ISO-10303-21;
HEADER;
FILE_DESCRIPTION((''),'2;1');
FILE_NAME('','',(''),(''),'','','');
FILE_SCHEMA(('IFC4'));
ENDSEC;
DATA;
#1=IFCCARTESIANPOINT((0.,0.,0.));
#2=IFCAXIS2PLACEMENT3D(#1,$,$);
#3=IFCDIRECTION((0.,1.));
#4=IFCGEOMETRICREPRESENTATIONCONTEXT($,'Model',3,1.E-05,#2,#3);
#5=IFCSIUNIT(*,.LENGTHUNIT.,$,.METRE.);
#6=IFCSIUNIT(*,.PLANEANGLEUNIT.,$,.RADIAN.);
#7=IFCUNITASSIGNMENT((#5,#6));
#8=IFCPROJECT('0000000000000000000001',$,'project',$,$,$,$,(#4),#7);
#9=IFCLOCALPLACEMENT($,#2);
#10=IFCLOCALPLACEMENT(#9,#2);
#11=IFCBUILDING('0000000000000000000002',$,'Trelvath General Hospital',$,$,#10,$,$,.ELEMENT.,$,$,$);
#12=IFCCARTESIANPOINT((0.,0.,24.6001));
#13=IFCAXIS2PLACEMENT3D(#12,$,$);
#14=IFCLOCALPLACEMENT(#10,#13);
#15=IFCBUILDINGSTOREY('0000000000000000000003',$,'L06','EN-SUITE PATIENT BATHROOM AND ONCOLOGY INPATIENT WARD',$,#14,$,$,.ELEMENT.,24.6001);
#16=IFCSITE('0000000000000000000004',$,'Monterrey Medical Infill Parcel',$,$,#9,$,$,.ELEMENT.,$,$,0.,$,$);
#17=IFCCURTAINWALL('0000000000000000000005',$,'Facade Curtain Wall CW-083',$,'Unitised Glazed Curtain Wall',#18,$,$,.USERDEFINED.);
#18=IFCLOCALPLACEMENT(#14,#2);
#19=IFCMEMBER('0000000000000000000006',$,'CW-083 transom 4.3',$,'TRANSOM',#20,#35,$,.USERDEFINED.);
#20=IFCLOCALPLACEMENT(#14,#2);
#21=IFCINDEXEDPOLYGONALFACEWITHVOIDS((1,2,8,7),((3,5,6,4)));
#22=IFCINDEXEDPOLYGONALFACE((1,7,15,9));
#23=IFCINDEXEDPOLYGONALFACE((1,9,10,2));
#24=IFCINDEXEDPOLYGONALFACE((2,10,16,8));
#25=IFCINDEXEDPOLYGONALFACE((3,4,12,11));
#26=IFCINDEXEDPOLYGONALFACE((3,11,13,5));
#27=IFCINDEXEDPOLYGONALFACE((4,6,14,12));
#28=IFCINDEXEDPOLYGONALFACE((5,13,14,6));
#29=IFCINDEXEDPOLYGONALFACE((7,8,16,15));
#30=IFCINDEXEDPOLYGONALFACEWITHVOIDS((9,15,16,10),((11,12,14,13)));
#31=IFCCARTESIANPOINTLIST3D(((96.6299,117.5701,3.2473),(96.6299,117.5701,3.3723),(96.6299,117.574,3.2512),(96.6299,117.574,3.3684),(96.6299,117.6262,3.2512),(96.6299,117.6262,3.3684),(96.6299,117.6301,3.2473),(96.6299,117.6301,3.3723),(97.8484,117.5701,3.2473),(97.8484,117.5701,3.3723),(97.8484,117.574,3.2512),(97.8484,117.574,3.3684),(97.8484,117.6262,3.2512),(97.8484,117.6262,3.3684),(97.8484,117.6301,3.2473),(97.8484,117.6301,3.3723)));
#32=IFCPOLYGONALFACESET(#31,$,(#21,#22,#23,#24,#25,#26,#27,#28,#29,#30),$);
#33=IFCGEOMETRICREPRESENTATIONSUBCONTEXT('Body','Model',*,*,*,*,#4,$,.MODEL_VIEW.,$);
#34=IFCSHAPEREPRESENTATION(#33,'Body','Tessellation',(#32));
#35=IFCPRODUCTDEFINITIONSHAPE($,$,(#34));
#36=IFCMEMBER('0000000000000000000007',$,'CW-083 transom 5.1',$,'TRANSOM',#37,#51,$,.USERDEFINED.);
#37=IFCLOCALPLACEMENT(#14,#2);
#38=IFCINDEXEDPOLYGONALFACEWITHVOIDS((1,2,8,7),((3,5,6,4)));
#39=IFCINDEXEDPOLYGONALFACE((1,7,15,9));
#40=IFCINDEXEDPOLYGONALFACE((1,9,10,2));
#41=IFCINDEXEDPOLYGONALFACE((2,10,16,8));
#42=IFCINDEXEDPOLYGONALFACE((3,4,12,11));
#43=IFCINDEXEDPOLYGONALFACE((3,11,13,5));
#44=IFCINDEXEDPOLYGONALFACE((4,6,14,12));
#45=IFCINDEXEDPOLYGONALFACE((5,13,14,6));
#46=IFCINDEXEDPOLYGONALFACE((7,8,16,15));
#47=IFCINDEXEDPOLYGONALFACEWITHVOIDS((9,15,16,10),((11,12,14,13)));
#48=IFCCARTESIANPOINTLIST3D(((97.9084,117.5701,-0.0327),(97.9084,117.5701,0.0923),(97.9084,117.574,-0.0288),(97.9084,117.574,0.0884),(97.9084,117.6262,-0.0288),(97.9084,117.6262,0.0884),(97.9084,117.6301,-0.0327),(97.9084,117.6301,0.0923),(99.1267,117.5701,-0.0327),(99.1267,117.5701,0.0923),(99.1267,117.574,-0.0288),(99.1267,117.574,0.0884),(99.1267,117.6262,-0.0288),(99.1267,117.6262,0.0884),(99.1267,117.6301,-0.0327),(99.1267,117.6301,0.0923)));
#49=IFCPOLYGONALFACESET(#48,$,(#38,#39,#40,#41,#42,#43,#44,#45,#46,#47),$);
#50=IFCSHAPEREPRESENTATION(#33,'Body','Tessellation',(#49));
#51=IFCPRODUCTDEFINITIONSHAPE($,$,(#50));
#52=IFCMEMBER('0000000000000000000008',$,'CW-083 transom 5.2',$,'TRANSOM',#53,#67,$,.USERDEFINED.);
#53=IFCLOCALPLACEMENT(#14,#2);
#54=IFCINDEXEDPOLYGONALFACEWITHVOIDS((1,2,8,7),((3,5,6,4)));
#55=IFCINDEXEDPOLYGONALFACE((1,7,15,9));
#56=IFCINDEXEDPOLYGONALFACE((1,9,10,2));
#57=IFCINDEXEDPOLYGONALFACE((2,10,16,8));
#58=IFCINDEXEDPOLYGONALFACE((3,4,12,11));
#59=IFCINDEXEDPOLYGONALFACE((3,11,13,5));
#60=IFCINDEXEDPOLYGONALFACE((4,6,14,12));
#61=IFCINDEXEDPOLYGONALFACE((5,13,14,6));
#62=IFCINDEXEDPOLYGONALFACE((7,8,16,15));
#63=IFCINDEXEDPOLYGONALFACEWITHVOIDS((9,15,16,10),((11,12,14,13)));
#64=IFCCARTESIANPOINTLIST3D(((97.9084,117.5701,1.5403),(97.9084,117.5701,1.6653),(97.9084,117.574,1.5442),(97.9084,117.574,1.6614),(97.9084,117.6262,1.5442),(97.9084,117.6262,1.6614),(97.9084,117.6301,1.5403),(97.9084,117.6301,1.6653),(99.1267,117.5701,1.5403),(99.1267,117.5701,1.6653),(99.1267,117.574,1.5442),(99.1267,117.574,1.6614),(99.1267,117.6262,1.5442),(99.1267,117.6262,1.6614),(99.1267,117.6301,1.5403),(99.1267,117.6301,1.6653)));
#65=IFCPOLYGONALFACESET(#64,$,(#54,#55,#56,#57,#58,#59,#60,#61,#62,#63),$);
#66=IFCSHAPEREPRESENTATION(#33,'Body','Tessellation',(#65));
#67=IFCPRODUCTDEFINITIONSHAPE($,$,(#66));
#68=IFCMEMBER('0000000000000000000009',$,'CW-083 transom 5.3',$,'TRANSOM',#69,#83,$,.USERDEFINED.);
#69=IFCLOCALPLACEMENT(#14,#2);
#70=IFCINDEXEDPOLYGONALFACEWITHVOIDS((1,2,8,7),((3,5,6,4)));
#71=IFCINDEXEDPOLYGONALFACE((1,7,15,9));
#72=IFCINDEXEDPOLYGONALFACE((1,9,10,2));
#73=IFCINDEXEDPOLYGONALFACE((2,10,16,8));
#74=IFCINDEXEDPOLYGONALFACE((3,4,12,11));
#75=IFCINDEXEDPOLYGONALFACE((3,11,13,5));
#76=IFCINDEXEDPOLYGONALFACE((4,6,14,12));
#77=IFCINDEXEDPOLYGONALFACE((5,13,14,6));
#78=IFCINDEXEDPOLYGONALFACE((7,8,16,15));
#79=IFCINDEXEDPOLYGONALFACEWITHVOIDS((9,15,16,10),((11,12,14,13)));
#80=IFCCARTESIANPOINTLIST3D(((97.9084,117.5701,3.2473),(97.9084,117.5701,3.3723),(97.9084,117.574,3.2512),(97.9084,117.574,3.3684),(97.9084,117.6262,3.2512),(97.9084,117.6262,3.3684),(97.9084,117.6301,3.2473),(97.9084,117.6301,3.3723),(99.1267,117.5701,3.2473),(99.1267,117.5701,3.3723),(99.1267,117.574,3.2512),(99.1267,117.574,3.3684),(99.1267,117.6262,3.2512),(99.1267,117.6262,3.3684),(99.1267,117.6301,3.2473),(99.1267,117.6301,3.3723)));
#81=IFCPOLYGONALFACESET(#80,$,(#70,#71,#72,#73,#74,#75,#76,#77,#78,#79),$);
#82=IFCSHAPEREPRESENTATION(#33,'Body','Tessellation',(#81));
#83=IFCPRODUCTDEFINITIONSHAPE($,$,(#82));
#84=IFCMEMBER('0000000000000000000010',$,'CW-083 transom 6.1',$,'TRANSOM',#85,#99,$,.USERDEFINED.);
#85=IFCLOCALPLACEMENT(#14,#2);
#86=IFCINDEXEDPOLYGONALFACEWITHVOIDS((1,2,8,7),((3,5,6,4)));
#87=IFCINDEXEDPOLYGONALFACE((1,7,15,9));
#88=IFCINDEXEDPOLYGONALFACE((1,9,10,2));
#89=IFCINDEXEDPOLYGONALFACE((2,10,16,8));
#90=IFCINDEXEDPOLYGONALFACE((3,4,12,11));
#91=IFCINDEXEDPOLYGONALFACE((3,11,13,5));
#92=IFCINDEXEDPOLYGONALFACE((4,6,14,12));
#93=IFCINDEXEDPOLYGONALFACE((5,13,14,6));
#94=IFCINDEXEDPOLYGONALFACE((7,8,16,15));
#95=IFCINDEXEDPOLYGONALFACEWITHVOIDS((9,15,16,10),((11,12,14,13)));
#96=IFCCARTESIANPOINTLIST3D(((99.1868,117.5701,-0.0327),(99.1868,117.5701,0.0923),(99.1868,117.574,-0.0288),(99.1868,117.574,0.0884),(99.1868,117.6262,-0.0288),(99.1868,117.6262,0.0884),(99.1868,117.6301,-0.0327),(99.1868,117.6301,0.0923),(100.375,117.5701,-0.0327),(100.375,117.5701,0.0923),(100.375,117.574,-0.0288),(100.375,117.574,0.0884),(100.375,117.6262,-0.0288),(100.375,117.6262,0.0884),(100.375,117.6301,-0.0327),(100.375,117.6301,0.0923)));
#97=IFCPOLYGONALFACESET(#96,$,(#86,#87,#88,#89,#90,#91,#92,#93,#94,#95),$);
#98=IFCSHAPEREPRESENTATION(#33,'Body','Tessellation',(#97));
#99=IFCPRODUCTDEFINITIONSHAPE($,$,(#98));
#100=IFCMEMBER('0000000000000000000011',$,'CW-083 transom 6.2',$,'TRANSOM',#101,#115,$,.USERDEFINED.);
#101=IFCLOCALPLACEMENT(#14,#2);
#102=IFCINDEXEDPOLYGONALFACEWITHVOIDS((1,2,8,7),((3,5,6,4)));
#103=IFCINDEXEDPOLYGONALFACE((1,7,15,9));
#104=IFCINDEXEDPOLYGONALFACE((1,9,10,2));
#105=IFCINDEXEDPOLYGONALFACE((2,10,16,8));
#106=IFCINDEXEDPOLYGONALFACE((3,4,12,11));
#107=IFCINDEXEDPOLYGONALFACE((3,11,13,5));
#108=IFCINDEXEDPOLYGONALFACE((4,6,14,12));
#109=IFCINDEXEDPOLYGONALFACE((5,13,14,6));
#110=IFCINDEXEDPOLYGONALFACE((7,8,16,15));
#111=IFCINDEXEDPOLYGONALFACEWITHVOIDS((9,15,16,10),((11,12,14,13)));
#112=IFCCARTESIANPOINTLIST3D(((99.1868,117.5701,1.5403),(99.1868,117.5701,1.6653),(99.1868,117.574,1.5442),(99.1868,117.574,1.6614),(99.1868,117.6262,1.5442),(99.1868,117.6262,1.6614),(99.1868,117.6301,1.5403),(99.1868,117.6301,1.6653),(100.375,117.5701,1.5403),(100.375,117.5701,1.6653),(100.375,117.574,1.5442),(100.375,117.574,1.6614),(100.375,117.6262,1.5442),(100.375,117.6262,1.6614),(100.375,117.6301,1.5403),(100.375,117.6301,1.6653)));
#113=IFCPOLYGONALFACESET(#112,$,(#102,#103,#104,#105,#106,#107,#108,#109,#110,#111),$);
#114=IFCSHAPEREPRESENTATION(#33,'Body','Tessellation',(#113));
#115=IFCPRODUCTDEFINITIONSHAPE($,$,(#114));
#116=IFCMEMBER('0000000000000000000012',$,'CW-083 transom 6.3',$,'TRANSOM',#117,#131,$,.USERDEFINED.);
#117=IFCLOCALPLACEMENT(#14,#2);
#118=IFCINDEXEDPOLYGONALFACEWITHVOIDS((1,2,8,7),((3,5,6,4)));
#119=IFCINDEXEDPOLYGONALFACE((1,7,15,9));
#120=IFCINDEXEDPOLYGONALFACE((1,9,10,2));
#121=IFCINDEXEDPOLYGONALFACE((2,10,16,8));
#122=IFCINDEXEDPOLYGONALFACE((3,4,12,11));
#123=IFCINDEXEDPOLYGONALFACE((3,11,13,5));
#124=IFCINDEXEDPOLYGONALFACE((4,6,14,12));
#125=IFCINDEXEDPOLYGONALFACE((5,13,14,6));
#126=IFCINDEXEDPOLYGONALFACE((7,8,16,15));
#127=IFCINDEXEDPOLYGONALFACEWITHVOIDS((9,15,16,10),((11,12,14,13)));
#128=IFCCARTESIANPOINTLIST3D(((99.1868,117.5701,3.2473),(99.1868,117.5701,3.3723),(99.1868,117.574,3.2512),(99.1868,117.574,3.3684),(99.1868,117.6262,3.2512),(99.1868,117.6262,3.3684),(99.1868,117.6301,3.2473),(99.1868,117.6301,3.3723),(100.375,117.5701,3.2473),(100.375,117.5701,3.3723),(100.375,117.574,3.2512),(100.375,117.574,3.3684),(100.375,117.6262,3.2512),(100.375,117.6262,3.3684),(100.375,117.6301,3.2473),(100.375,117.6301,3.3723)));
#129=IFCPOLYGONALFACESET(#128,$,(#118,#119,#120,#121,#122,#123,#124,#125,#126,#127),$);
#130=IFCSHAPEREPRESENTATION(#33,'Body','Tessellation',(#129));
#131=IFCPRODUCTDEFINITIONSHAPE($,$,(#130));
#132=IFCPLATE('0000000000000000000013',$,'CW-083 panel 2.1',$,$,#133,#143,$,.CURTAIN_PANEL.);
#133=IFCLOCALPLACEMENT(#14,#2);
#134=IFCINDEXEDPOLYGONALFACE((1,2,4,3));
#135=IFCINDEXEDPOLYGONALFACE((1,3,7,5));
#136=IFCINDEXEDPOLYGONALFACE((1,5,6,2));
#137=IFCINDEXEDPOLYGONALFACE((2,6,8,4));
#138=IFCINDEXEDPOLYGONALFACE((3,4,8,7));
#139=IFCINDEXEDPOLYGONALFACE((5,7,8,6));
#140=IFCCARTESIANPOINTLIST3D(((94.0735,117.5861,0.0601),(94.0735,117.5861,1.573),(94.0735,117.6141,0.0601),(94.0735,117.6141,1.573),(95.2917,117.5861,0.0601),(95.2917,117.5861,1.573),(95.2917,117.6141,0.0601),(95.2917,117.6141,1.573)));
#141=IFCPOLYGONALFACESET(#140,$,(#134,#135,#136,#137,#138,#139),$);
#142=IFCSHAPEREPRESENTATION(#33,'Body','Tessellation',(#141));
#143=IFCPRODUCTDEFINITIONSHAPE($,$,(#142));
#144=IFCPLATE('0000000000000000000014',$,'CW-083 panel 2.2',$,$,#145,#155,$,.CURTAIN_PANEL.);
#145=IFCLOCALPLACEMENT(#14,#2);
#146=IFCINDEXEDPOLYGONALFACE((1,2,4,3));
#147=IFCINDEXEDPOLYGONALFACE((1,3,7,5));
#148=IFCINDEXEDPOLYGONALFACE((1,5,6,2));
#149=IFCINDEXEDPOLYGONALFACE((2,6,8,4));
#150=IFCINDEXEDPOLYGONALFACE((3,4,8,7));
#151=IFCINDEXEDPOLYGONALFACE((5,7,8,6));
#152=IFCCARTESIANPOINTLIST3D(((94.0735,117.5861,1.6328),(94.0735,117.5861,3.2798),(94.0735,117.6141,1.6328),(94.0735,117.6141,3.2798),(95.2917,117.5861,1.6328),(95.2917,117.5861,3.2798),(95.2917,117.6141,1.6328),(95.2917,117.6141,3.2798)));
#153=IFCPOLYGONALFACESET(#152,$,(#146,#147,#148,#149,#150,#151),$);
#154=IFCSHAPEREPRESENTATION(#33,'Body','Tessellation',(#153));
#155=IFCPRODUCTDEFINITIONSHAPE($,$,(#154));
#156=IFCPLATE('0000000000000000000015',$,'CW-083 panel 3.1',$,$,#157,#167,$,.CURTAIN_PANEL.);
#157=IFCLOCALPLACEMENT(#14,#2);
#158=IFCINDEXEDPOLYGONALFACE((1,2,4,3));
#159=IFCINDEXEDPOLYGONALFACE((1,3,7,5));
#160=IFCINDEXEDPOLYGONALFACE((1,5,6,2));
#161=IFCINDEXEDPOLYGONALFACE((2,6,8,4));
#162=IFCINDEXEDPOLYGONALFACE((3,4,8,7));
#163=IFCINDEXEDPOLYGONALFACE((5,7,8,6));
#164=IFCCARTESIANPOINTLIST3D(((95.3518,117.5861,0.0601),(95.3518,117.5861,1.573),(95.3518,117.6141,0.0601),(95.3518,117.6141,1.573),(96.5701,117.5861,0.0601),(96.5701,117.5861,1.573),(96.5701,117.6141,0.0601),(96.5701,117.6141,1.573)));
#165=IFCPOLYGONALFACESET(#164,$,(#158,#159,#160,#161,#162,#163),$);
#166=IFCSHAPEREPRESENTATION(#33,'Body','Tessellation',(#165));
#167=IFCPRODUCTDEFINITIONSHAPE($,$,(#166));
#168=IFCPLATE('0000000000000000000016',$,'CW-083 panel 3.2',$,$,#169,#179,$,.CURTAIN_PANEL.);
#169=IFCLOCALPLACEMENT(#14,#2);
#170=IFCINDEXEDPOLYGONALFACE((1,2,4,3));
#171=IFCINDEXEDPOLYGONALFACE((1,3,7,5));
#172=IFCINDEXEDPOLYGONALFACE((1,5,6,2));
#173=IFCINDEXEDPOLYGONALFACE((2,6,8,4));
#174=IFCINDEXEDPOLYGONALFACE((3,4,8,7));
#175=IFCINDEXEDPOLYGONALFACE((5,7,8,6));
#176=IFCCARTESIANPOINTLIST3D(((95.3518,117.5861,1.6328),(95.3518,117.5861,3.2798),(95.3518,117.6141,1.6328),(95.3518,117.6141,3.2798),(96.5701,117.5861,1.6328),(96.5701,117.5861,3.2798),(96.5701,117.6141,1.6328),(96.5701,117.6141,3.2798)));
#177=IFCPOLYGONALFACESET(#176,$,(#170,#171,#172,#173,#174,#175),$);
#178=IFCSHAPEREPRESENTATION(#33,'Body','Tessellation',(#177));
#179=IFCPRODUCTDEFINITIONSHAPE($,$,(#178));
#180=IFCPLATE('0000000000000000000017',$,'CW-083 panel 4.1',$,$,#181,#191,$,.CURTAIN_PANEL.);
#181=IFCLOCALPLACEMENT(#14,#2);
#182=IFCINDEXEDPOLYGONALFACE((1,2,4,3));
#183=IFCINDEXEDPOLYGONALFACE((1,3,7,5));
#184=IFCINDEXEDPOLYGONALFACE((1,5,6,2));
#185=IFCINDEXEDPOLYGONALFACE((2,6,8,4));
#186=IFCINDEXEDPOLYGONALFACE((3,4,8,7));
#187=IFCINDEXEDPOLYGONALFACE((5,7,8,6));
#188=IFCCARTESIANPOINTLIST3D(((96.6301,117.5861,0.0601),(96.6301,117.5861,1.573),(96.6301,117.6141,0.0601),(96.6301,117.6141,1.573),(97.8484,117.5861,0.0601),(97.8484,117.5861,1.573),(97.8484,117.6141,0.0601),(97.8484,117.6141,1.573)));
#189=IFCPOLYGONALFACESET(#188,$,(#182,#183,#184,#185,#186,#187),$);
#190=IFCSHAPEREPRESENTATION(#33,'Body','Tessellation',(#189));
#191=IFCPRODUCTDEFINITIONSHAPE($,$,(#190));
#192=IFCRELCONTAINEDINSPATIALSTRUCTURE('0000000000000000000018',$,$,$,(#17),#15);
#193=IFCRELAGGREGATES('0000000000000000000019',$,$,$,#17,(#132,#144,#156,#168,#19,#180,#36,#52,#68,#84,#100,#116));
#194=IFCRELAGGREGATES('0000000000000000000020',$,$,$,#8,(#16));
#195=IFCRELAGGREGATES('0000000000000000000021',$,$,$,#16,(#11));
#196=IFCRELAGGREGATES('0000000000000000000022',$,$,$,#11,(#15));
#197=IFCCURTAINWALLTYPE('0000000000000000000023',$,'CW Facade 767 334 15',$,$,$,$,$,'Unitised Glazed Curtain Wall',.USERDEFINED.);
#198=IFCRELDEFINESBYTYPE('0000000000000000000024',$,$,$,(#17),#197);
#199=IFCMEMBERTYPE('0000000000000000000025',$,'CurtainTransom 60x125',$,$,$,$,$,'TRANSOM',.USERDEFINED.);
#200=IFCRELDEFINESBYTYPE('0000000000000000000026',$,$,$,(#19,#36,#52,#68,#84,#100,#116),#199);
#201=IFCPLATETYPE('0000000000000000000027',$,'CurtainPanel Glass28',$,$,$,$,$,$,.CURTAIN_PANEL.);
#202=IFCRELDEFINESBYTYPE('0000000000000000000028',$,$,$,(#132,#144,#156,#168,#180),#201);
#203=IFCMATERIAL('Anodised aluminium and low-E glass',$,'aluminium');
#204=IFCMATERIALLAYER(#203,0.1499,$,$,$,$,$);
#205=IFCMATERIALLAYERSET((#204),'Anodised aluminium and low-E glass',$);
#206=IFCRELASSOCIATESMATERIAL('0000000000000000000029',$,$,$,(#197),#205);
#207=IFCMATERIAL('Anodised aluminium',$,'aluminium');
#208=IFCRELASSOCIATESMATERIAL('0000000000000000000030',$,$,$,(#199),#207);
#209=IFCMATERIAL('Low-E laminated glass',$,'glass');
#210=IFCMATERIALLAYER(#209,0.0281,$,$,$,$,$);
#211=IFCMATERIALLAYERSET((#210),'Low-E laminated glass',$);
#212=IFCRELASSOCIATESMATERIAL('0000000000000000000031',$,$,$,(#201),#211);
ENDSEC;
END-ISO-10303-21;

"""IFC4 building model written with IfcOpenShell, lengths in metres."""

from ifc_helpers import new_model, si_unit, direction, frame, origin, origin_2d, place, context, subcontext, project, spatial, rectangle, hollow_rectangle, extrude, material, layer, layer_set, material_profile, profile_set, type_object, element, aggregate, save


model = new_model("IFC4")

# Units and contexts
model_context = context("Model", 3, precision=1e-05, world=origin(), true_north=direction((0.0, 1.0)))
body_context = subcontext(model_context, "Body", "Model", "MODEL_VIEW")
ifc_project = project(units=[si_unit("LENGTHUNIT", "METRE"), si_unit("PLANEANGLEUNIT", "RADIAN")], contexts=[model_context])

# Site, building, storey
site_placement = place(None, origin())
site = spatial("IfcSite", under=ifc_project, at=site_placement, Name="Monterrey Medical Infill Parcel", CompositionType="ELEMENT", RefElevation=0.0)
building_placement = place(site_placement, origin())
building = spatial("IfcBuilding", under=site, at=building_placement, Name="Trelvath General Hospital", CompositionType="ELEMENT")
storey_placement = place(building_placement, frame((0.0, 0.0, 24.6001)))
storey = spatial("IfcBuildingStorey", under=building, at=storey_placement, Name="L06", Description="EN-SUITE PATIENT BATHROOM AND ONCOLOGY INPATIENT WARD", CompositionType="ELEMENT", Elevation=24.6001)

# Curtain wall, members, plates
ifc_material_1 = material(Name="Anodised aluminium and low-E glass", Category="aluminium")
ifc_layer_1 = layer(ifc_material_1, 0.1499)
ifc_layer_set_1 = layer_set([ifc_layer_1], Name="Anodised aluminium and low-E glass")
curtain_wall_type = type_object("IfcCurtainWallType", Name="CW Facade 767 334 15", ElementType="Unitised Glazed Curtain Wall", PredefinedType="USERDEFINED", material=ifc_layer_set_1)
curtain_wall_placement = place(storey_placement, origin())
curtain_wall = element("IfcCurtainWall", 1, at=curtain_wall_placement, inside=storey, type_object=curtain_wall_type, Name="Facade Curtain Wall CW-083", ObjectType="Unitised Glazed Curtain Wall", PredefinedType="USERDEFINED")
ifc_material_2 = material(Name="Anodised aluminium", Category="aluminium")
ifc_material_profile_1 = material_profile(ifc_material_2, hollow_rectangle(XDim=0.0601, YDim=0.125, WallThickness=0.0039, at=origin_2d()), Name="RHS60x125x4")
ifc_profile_set_1 = profile_set([ifc_material_profile_1], Name="Anodised aluminium")
member_type_1 = type_object("IfcMemberType", Name="CurtainTransom 60x125", ElementType="TRANSOM", PredefinedType="USERDEFINED", material=ifc_profile_set_1)
member_1_placement = place(storey_placement, frame((96.6299, 117.6001, 3.3098), z_axis=(1.0, 0.0, 0.0), x_axis=(0.0, 1.0, 0.0)))
member_1 = element("IfcMember", 2, at=member_1_placement, type_object=member_type_1, Name="CW-083 transom 4.3", ObjectType="TRANSOM", PredefinedType="USERDEFINED", context=body_context, shape_type="SweptSolid", body=[
    extrude(hollow_rectangle(XDim=0.0601, YDim=0.125, WallThickness=0.0039, at=origin_2d()), origin(), (0.0, 0.0, 1.0), 1.2185),
])
member_2_placement = place(storey_placement, frame((97.9084, 117.6001, 0.0298), z_axis=(1.0, 0.0, 0.0), x_axis=(0.0, 1.0, 0.0)))
member_2 = element("IfcMember", 3, at=member_2_placement, type_object=member_type_1, Name="CW-083 transom 5.1", ObjectType="TRANSOM", PredefinedType="USERDEFINED", context=body_context, shape_type="SweptSolid", body=[
    extrude(hollow_rectangle(XDim=0.0601, YDim=0.125, WallThickness=0.0039, at=origin_2d()), origin(), (0.0, 0.0, 1.0), 1.2183),
])
member_3_placement = place(storey_placement, frame((97.9084, 117.6001, 1.6028), z_axis=(1.0, 0.0, 0.0), x_axis=(0.0, 1.0, 0.0)))
member_3 = element("IfcMember", 4, at=member_3_placement, type_object=member_type_1, Name="CW-083 transom 5.2", ObjectType="TRANSOM", PredefinedType="USERDEFINED", context=body_context, shape_type="SweptSolid", body=[
    extrude(hollow_rectangle(XDim=0.0601, YDim=0.125, WallThickness=0.0039, at=origin_2d()), origin(), (0.0, 0.0, 1.0), 1.2183),
])
member_4_placement = place(storey_placement, frame((97.9084, 117.6001, 3.3098), z_axis=(1.0, 0.0, 0.0), x_axis=(0.0, 1.0, 0.0)))
member_4 = element("IfcMember", 5, at=member_4_placement, type_object=member_type_1, Name="CW-083 transom 5.3", ObjectType="TRANSOM", PredefinedType="USERDEFINED", context=body_context, shape_type="SweptSolid", body=[
    extrude(hollow_rectangle(XDim=0.0601, YDim=0.125, WallThickness=0.0039, at=origin_2d()), origin(), (0.0, 0.0, 1.0), 1.2183),
])
member_5_placement = place(storey_placement, frame((99.1868, 117.6001, 0.0298), z_axis=(1.0, 0.0, 0.0), x_axis=(0.0, 1.0, 0.0)))
member_5 = element("IfcMember", 6, at=member_5_placement, type_object=member_type_1, Name="CW-083 transom 6.1", ObjectType="TRANSOM", PredefinedType="USERDEFINED", context=body_context, shape_type="SweptSolid", body=[
    extrude(hollow_rectangle(XDim=0.0601, YDim=0.125, WallThickness=0.0039, at=origin_2d()), origin(), (0.0, 0.0, 1.0), 1.1882),
])
member_6_placement = place(storey_placement, frame((99.1868, 117.6001, 1.6028), z_axis=(1.0, 0.0, 0.0), x_axis=(0.0, 1.0, 0.0)))
member_6 = element("IfcMember", 7, at=member_6_placement, type_object=member_type_1, Name="CW-083 transom 6.2", ObjectType="TRANSOM", PredefinedType="USERDEFINED", context=body_context, shape_type="SweptSolid", body=[
    extrude(hollow_rectangle(XDim=0.0601, YDim=0.125, WallThickness=0.0039, at=origin_2d()), origin(), (0.0, 0.0, 1.0), 1.1882),
])
member_7_placement = place(storey_placement, frame((99.1868, 117.6001, 3.3098), z_axis=(1.0, 0.0, 0.0), x_axis=(0.0, 1.0, 0.0)))
member_7 = element("IfcMember", 8, at=member_7_placement, type_object=member_type_1, Name="CW-083 transom 6.3", ObjectType="TRANSOM", PredefinedType="USERDEFINED", context=body_context, shape_type="SweptSolid", body=[
    extrude(hollow_rectangle(XDim=0.0601, YDim=0.125, WallThickness=0.0039, at=origin_2d()), origin(), (0.0, 0.0, 1.0), 1.1882),
])
ifc_material_3 = material(Name="Low-E laminated glass", Category="glass")
ifc_layer_2 = layer(ifc_material_3, 0.0281)
ifc_layer_set_2 = layer_set([ifc_layer_2], Name="Low-E laminated glass")
plate_type = type_object("IfcPlateType", Name="CurtainPanel Glass28", PredefinedType="CURTAIN_PANEL", material=ifc_layer_set_2)
plate_1_placement = place(storey_placement, frame((94.6826, 117.6001, 0.0601), z_axis=(0.0, 0.0, 1.0), x_axis=(1.0, 0.0, 0.0)))
plate_1 = element("IfcPlate", 9, at=plate_1_placement, type_object=plate_type, Name="CW-083 panel 2.1", PredefinedType="CURTAIN_PANEL", context=body_context, shape_type="SweptSolid", body=[
    extrude(rectangle(XDim=1.2183, YDim=0.0281, at=origin_2d()), origin(), (0.0, 0.0, 1.0), 1.5129),
])
plate_2_placement = place(storey_placement, frame((94.6826, 117.6001, 1.6328), z_axis=(0.0, 0.0, 1.0), x_axis=(1.0, 0.0, 0.0)))
plate_2 = element("IfcPlate", 10, at=plate_2_placement, type_object=plate_type, Name="CW-083 panel 2.2", PredefinedType="CURTAIN_PANEL", context=body_context, shape_type="SweptSolid", body=[
    extrude(rectangle(XDim=1.2183, YDim=0.0281, at=origin_2d()), origin(), (0.0, 0.0, 1.0), 1.647),
])
plate_3_placement = place(storey_placement, frame((95.9609, 117.6001, 0.0601), z_axis=(0.0, 0.0, 1.0), x_axis=(1.0, 0.0, 0.0)))
plate_3 = element("IfcPlate", 11, at=plate_3_placement, type_object=plate_type, Name="CW-083 panel 3.1", PredefinedType="CURTAIN_PANEL", context=body_context, shape_type="SweptSolid", body=[
    extrude(rectangle(XDim=1.2183, YDim=0.0281, at=origin_2d()), origin(), (0.0, 0.0, 1.0), 1.5129),
])
plate_4_placement = place(storey_placement, frame((95.9609, 117.6001, 1.6328), z_axis=(0.0, 0.0, 1.0), x_axis=(1.0, 0.0, 0.0)))
plate_4 = element("IfcPlate", 12, at=plate_4_placement, type_object=plate_type, Name="CW-083 panel 3.2", PredefinedType="CURTAIN_PANEL", context=body_context, shape_type="SweptSolid", body=[
    extrude(rectangle(XDim=1.2183, YDim=0.0281, at=origin_2d()), origin(), (0.0, 0.0, 1.0), 1.647),
])
plate_5_placement = place(storey_placement, frame((97.2393, 117.6001, 0.0601), z_axis=(0.0, 0.0, 1.0), x_axis=(1.0, 0.0, 0.0)))
plate_5 = element("IfcPlate", 13, at=plate_5_placement, type_object=plate_type, Name="CW-083 panel 4.1", PredefinedType="CURTAIN_PANEL", context=body_context, shape_type="SweptSolid", body=[
    extrude(rectangle(XDim=1.2183, YDim=0.0281, at=origin_2d()), origin(), (0.0, 0.0, 1.0), 1.5129),
])
aggregate(curtain_wall, [plate_1, plate_2, plate_3, plate_4, member_1, plate_5, member_2, member_3, member_4, member_5, member_6, member_7])

save(model, "model.ifc")
